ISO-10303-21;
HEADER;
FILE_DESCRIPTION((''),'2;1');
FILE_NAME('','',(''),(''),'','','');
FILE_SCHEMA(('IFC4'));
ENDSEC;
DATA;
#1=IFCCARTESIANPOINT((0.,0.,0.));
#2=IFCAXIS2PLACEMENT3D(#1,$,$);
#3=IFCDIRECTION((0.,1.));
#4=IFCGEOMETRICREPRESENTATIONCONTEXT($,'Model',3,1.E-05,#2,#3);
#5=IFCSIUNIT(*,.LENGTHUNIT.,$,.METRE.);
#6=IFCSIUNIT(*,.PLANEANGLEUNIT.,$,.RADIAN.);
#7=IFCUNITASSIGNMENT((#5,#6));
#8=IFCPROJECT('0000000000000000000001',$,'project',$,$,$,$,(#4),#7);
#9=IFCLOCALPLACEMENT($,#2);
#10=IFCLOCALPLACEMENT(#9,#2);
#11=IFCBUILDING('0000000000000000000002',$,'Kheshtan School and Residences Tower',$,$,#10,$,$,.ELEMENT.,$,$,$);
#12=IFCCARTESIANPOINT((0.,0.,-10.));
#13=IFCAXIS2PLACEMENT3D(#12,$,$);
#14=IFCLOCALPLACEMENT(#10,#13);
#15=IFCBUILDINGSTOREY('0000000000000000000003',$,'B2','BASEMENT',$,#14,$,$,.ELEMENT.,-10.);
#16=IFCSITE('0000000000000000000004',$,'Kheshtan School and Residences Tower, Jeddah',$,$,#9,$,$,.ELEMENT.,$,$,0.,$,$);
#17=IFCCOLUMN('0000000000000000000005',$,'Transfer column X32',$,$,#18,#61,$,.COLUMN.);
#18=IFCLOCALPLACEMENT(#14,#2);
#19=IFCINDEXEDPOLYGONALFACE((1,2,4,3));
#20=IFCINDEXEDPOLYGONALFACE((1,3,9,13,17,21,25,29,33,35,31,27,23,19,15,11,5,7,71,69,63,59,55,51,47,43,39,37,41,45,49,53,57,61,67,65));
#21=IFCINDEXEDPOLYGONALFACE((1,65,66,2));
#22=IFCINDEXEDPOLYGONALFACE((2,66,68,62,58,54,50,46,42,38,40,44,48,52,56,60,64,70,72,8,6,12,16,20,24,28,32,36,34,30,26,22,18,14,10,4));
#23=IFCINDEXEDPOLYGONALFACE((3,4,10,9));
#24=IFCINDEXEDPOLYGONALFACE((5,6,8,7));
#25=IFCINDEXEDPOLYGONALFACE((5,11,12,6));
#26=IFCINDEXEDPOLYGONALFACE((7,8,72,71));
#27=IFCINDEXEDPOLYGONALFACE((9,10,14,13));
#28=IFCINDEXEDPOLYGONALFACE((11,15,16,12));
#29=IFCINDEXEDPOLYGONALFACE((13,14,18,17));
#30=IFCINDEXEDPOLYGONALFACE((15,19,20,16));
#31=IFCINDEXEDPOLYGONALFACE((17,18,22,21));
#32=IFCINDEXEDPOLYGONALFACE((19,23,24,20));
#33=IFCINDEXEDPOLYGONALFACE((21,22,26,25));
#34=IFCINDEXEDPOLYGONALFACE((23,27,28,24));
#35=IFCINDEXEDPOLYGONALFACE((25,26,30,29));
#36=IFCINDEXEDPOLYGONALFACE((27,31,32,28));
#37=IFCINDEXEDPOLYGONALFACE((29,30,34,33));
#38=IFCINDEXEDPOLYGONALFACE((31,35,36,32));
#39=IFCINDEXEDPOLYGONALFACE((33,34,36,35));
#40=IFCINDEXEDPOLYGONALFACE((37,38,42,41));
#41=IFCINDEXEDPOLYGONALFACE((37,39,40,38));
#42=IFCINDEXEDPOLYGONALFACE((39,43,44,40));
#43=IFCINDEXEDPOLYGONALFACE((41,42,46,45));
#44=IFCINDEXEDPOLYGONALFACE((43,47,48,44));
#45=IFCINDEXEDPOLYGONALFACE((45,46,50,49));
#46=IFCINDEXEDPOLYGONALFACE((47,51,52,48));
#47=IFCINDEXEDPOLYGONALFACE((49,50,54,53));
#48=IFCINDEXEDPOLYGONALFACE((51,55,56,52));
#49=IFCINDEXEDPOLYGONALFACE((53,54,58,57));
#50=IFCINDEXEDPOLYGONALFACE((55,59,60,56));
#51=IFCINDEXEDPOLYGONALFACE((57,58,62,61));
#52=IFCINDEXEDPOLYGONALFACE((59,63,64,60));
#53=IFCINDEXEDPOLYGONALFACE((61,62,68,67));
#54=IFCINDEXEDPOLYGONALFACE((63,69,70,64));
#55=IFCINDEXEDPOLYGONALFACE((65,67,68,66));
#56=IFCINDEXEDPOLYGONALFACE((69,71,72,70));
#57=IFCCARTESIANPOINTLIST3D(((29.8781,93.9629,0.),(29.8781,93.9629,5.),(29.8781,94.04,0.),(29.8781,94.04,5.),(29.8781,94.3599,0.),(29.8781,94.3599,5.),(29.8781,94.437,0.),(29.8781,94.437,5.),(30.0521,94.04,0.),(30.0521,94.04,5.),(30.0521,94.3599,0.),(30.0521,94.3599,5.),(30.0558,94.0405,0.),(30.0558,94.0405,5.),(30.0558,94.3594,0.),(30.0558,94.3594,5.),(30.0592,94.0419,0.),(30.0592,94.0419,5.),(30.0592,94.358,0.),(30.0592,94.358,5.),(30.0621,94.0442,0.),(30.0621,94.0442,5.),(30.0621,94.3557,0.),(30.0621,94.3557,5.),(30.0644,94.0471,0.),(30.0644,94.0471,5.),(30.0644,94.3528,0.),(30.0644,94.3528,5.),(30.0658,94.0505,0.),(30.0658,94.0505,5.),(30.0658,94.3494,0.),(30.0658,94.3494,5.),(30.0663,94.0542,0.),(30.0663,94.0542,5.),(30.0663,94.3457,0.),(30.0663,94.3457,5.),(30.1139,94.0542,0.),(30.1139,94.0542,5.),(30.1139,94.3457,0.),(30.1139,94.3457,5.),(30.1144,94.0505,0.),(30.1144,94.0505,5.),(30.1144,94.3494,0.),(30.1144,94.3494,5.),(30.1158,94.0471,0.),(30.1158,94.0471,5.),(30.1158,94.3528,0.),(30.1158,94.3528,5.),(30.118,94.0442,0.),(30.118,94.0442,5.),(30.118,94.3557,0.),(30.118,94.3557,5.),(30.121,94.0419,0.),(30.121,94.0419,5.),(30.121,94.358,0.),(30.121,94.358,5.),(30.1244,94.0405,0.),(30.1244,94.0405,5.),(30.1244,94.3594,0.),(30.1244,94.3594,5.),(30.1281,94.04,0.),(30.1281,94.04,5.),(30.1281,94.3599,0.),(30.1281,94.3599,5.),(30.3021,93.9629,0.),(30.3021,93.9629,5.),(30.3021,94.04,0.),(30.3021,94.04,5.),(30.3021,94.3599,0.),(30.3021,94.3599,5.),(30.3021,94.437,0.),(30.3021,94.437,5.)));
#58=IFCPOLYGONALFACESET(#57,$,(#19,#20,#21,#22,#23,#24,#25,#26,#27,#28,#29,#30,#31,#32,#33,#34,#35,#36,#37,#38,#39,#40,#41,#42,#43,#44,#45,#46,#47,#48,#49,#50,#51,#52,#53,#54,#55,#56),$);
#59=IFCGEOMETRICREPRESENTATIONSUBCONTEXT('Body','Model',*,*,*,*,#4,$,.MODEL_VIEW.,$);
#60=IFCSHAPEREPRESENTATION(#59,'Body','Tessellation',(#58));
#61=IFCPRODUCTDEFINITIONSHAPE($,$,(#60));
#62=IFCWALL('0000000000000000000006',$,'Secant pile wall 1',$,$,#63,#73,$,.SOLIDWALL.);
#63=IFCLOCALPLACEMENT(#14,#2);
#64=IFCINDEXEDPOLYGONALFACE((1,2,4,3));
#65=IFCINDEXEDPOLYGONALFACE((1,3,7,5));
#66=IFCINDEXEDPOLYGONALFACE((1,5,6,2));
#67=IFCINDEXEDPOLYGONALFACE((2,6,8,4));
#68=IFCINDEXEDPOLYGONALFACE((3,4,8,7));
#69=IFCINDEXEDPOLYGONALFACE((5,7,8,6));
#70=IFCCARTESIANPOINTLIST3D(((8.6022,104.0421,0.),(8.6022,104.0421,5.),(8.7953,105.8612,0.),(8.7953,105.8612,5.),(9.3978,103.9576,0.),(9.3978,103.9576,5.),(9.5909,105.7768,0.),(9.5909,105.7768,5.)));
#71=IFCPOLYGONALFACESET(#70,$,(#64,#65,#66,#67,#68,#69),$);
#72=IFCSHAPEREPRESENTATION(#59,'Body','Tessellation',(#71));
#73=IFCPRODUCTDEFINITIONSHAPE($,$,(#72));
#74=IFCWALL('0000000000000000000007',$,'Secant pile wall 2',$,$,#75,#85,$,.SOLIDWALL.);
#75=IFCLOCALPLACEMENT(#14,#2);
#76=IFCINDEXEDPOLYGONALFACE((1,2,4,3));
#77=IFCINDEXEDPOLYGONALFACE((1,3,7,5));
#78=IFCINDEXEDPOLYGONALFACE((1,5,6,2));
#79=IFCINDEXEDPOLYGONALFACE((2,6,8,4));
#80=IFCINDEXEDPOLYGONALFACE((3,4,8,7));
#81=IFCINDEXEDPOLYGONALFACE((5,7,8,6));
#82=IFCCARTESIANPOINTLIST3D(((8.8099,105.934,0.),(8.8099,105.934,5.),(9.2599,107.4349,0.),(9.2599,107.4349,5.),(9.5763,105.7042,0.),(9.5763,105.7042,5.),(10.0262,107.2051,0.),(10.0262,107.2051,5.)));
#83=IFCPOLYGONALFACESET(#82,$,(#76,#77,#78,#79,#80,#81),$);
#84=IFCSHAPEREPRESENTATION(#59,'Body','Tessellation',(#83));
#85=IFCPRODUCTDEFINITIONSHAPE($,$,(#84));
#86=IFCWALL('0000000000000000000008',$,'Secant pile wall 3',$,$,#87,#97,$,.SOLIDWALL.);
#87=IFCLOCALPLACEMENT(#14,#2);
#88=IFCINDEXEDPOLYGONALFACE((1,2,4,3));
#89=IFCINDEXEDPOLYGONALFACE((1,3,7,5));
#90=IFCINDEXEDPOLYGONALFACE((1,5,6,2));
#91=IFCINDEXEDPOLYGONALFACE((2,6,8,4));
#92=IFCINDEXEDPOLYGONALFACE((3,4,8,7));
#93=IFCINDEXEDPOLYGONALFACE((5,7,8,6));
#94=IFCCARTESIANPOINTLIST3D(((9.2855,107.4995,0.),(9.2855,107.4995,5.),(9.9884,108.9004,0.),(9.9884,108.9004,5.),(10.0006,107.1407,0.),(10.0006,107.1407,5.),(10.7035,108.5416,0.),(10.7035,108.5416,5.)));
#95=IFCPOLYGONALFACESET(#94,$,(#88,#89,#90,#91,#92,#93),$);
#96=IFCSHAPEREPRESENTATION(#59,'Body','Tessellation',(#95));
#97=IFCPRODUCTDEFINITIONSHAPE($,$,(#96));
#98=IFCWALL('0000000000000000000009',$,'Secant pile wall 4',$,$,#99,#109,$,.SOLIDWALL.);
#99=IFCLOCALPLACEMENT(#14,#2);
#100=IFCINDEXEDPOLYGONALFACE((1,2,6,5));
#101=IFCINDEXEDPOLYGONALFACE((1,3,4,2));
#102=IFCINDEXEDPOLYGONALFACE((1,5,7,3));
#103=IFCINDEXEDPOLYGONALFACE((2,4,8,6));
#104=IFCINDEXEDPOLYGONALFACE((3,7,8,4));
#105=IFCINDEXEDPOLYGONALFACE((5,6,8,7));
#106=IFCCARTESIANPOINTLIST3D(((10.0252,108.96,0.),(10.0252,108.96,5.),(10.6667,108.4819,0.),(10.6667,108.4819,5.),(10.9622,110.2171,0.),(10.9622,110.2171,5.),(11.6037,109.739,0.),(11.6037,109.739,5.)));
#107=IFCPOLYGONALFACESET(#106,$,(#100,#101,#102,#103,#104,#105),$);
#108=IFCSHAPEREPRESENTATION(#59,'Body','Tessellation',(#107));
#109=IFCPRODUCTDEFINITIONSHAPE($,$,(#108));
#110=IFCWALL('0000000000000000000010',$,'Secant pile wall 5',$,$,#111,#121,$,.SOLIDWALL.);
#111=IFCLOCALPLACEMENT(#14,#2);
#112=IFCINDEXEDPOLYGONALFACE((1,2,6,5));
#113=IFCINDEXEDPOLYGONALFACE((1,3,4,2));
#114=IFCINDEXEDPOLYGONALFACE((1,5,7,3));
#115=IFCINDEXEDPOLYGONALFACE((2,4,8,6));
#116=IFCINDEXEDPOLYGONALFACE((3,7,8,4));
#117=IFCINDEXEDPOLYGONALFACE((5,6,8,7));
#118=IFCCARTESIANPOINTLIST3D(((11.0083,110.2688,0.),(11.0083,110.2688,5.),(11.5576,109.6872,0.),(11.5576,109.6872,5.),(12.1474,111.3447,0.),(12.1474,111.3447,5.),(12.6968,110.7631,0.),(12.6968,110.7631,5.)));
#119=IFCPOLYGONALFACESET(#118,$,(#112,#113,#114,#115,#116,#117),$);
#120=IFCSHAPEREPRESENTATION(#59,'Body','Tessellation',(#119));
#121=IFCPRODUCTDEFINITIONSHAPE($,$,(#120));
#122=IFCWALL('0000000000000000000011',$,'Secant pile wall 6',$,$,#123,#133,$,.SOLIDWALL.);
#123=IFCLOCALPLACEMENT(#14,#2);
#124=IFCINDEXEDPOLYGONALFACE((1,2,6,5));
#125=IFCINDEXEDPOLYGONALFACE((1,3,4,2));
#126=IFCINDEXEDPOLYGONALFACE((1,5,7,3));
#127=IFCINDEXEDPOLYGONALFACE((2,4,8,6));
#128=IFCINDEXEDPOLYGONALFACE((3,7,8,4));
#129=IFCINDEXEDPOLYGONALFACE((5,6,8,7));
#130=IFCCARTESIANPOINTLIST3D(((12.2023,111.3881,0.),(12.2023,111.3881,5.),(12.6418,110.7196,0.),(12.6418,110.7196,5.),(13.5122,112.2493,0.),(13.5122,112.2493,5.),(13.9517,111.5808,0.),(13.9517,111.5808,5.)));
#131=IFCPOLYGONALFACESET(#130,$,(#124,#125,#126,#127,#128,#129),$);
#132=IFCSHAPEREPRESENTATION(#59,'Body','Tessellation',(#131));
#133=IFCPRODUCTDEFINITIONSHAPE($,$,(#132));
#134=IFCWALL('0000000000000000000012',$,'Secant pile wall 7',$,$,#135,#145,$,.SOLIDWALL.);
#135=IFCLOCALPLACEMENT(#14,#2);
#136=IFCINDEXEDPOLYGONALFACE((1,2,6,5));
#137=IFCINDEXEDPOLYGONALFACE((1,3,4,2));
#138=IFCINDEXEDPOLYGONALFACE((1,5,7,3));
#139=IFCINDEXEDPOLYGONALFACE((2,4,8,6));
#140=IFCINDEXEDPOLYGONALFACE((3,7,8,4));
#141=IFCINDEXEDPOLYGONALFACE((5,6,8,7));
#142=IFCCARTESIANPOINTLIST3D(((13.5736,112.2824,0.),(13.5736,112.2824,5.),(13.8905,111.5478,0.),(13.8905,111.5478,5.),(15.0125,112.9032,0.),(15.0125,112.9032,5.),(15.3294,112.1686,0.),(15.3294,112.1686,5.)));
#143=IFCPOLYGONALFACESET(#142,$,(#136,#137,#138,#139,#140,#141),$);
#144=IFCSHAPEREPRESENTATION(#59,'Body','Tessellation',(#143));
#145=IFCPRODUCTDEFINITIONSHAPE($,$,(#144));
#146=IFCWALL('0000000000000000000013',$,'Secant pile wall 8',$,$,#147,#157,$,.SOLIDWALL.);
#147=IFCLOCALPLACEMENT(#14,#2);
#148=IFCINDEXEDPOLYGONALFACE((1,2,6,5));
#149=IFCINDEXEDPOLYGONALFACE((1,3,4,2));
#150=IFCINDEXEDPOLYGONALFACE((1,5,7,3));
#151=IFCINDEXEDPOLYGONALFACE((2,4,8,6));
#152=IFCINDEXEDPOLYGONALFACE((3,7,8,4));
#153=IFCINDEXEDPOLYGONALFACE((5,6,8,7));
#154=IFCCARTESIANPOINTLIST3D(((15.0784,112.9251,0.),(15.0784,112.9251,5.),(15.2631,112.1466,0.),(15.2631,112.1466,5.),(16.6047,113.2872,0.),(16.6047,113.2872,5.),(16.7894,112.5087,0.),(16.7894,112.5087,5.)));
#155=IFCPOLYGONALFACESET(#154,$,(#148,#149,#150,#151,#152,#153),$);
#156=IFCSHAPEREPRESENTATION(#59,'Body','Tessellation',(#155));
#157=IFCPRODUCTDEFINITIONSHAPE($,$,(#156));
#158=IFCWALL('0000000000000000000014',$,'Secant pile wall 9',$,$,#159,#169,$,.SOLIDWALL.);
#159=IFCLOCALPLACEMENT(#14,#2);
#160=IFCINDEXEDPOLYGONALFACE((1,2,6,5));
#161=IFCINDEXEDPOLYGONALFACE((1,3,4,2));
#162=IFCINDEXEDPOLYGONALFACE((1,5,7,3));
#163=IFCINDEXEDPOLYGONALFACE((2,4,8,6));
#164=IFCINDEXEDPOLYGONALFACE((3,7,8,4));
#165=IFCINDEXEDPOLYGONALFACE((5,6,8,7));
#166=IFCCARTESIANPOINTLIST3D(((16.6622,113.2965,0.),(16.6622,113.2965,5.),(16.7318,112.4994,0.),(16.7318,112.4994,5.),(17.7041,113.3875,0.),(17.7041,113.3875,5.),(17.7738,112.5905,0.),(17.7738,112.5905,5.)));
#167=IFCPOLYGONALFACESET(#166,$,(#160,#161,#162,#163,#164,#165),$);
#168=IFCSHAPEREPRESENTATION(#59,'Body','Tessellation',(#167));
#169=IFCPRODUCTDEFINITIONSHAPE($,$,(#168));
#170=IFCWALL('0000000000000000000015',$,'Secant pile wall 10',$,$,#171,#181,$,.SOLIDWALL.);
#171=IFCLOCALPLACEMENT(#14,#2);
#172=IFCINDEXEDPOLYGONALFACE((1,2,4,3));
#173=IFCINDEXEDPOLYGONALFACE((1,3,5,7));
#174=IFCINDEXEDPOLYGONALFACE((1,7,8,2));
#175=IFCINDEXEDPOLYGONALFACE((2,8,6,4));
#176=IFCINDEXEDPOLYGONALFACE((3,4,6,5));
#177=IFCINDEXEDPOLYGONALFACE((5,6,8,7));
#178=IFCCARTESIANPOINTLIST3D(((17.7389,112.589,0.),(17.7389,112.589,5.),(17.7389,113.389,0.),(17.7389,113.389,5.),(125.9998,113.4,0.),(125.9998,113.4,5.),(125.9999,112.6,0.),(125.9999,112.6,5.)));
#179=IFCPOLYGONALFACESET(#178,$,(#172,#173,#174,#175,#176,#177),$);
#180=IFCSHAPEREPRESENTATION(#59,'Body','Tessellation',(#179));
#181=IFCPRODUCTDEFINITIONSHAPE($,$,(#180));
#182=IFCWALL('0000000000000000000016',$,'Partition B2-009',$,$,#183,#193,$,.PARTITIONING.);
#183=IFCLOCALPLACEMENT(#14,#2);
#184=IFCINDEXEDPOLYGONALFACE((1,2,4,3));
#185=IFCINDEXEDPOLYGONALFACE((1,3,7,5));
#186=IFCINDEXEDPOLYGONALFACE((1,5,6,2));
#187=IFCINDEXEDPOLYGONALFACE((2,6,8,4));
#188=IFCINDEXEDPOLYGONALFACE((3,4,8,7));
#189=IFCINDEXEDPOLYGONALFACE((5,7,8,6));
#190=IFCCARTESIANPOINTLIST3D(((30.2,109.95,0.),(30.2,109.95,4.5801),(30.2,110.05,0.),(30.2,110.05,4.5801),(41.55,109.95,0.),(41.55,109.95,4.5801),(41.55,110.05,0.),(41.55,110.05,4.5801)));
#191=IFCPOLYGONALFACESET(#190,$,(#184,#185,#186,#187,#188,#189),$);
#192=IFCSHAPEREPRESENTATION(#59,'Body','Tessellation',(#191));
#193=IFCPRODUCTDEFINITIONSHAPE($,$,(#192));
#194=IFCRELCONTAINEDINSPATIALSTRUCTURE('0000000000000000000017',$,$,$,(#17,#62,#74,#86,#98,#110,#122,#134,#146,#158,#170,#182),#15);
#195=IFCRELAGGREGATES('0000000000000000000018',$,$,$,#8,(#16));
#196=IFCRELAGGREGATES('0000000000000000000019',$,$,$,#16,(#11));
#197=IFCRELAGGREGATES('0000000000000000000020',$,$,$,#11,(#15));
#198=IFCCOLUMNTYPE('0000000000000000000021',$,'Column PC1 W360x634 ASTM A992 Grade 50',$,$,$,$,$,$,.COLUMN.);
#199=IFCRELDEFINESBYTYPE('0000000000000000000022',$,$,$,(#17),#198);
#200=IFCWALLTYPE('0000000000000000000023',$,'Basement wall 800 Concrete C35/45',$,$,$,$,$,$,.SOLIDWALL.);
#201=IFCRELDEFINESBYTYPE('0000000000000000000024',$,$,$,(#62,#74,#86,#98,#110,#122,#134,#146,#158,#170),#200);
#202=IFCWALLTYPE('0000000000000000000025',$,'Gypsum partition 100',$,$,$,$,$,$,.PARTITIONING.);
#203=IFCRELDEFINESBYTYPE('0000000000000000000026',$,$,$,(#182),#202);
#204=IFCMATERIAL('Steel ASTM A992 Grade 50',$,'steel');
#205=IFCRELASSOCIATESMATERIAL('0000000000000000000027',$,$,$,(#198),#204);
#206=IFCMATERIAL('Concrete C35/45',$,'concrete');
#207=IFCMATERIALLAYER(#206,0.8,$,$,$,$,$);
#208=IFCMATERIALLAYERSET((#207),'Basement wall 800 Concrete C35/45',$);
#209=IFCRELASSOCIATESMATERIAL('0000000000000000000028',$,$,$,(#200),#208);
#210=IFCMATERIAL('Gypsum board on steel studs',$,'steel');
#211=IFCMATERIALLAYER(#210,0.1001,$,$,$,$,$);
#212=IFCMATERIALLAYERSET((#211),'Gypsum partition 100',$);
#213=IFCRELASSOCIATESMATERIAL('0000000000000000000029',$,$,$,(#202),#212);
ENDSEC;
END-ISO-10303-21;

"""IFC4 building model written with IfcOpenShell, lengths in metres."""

from ifc_helpers import new_model, si_unit, direction, frame, frame_2d, origin, origin_2d, place, context, subcontext, project, spatial, rectangle, i_section, extrude, material, layer, layer_set, material_profile, profile_set, type_object, element, save


model = new_model("IFC4")

# Units and contexts
model_context = context("Model", 3, precision=1e-05, world=origin(), true_north=direction((0.0, 1.0)))
body_context = subcontext(model_context, "Body", "Model", "MODEL_VIEW")
ifc_project = project(units=[si_unit("LENGTHUNIT", "METRE"), si_unit("PLANEANGLEUNIT", "RADIAN")], contexts=[model_context])

# Site, building, storey
site_placement = place(None, origin())
site = spatial("IfcSite", under=ifc_project, at=site_placement, Name="Kheshtan School and Residences Tower, Jeddah", CompositionType="ELEMENT", RefElevation=0.0)
building_placement = place(site_placement, origin())
building = spatial("IfcBuilding", under=site, at=building_placement, Name="Kheshtan School and Residences Tower", CompositionType="ELEMENT")
storey_placement = place(building_placement, frame((0.0, 0.0, -10.0)))
storey = spatial("IfcBuildingStorey", under=building, at=storey_placement, Name="B2", Description="BASEMENT", CompositionType="ELEMENT", Elevation=-10.0)

# Column
ifc_material_1 = material(Name="Steel ASTM A992 Grade 50", Category="steel")
ifc_material_profile = material_profile(ifc_material_1, i_section(OverallWidth=0.4241, OverallDepth=0.4741, WebThickness=0.0476, FlangeThickness=0.0771, FilletRadius=0.0142, at=origin_2d()), Name="W360x634")
ifc_profile_set = profile_set([ifc_material_profile], Name="Steel ASTM A992 Grade 50")
column_type = type_object("IfcColumnType", Name="Column PC1 W360x634 ASTM A992 Grade 50", PredefinedType="COLUMN", material=ifc_profile_set)
for number, where, z_axis, x_axis, name in (
    (1, (30.0901, 94.2, 0.0), (0.0, 0.0, 1.0), (1.0, 0.0, 0.0), "Transfer column X32"),
):
    element("IfcColumn", number, at=place(storey_placement, frame(where, z_axis=z_axis, x_axis=x_axis)), inside=storey, type_object=column_type, Name=name, PredefinedType="COLUMN", context=body_context, shape_type="SweptSolid", body=[
        extrude(i_section(OverallWidth=0.4241, OverallDepth=0.4741, WebThickness=0.0476, FlangeThickness=0.0771, FilletRadius=0.0142, at=origin_2d()), origin(), (0.0, 0.0, 1.0), 5.0),
    ])

# Walls
ifc_material_2 = material(Name="Concrete C35/45", Category="concrete")
ifc_layer_1 = layer(ifc_material_2, 0.8)
ifc_layer_set_1 = layer_set([ifc_layer_1], Name="Basement wall 800 Concrete C35/45")
wall_type_1 = type_object("IfcWallType", Name="Basement wall 800 Concrete C35/45", PredefinedType="SOLIDWALL", material=ifc_layer_set_1)
wall_1_placement = place(storey_placement, frame((9.0, 104.0, 0.0), z_axis=(0.0, 0.0, 1.0), x_axis=(0.105567, 0.994412, 0.0)))
element("IfcWall", 2, at=wall_1_placement, inside=storey, type_object=wall_type_1, Name="Secant pile wall 1", PredefinedType="SOLIDWALL", context=body_context, shape_type="SweptSolid", body=[
    extrude(rectangle(XDim=1.8293, YDim=0.8, at=frame_2d((0.9146, 0.0))), origin(), (0.0, 0.0, 1.0), 5.0),
])
wall_2_placement = place(storey_placement, frame((9.1931, 105.8191, 0.0), z_axis=(0.0, 0.0, 1.0), x_axis=(0.287148, 0.957886, 0.0)))
element("IfcWall", 3, at=wall_2_placement, inside=storey, type_object=wall_type_1, Name="Secant pile wall 2", PredefinedType="SOLIDWALL", context=body_context, shape_type="SweptSolid", body=[
    extrude(rectangle(XDim=1.5669, YDim=0.8, at=frame_2d((0.7834, 0.0))), origin(), (0.0, 0.0, 1.0), 5.0),
])
wall_3_placement = place(storey_placement, frame((9.6431, 107.3201, 0.0), z_axis=(0.0, 0.0, 1.0), x_axis=(0.448459, 0.893803, 0.0)))
element("IfcWall", 4, at=wall_3_placement, inside=storey, type_object=wall_type_1, Name="Secant pile wall 3", PredefinedType="SOLIDWALL", context=body_context, shape_type="SweptSolid", body=[
    extrude(rectangle(XDim=1.5674, YDim=0.8, at=frame_2d((0.7837, 0.0))), origin(), (0.0, 0.0, 1.0), 5.0),
])
wall_4_placement = place(storey_placement, frame((10.3459, 108.7209, 0.0), z_axis=(0.0, 0.0, 1.0), x_axis=(0.597631, 0.801772, 0.0)))
element("IfcWall", 5, at=wall_4_placement, inside=storey, type_object=wall_type_1, Name="Secant pile wall 4", PredefinedType="SOLIDWALL", context=body_context, shape_type="SweptSolid", body=[
    extrude(rectangle(XDim=1.5679, YDim=0.8, at=frame_2d((0.7839, 0.0))), origin(), (0.0, 0.0, 1.0), 5.0),
])
wall_5_placement = place(storey_placement, frame((11.283, 109.978, 0.0), z_axis=(0.0, 0.0, 1.0), x_axis=(0.726996, 0.686642, 0.0)))
element("IfcWall", 6, at=wall_5_placement, inside=storey, type_object=wall_type_1, Name="Secant pile wall 5", PredefinedType="SOLIDWALL", context=body_context, shape_type="SweptSolid", body=[
    extrude(rectangle(XDim=1.5669, YDim=0.8, at=frame_2d((0.7834, 0.0))), origin(), (0.0, 0.0, 1.0), 5.0),
])
wall_6_placement = place(storey_placement, frame((12.4221, 111.054, 0.0), z_axis=(0.0, 0.0, 1.0), x_axis=(0.835603, 0.549333, 0.0)))
element("IfcWall", 7, at=wall_6_placement, inside=storey, type_object=wall_type_1, Name="Secant pile wall 6", PredefinedType="SOLIDWALL", context=body_context, shape_type="SweptSolid", body=[
    extrude(rectangle(XDim=1.5676, YDim=0.8, at=frame_2d((0.7837, 0.0))), origin(), (0.0, 0.0, 1.0), 5.0),
])
wall_7_placement = place(storey_placement, frame((13.7319, 111.915, 0.0), z_axis=(0.0, 0.0, 1.0), x_axis=(0.918183, 0.396155, 0.0)))
element("IfcWall", 8, at=wall_7_placement, inside=storey, type_object=wall_type_1, Name="Secant pile wall 7", PredefinedType="SOLIDWALL", context=body_context, shape_type="SweptSolid", body=[
    extrude(rectangle(XDim=1.5671, YDim=0.8, at=frame_2d((0.7837, 0.0))), origin(), (0.0, 0.0, 1.0), 5.0),
])
wall_8_placement = place(storey_placement, frame((15.1709, 112.5359, 0.0), z_axis=(0.0, 0.0, 1.0), x_axis=(0.972993, 0.230835, 0.0)))
element("IfcWall", 9, at=wall_8_placement, inside=storey, type_object=wall_type_1, Name="Secant pile wall 8", PredefinedType="SOLIDWALL", context=body_context, shape_type="SweptSolid", body=[
    extrude(rectangle(XDim=1.5686, YDim=0.8, at=frame_2d((0.7842, 0.0))), origin(), (0.0, 0.0, 1.0), 5.0),
])
wall_9_placement = place(storey_placement, frame((16.697, 112.8979, 0.0), z_axis=(0.0, 0.0, 1.0), x_axis=(0.996203, 0.087063, 0.0)))
element("IfcWall", 10, at=wall_9_placement, inside=storey, type_object=wall_type_1, Name="Secant pile wall 9", PredefinedType="SOLIDWALL", context=body_context, shape_type="SweptSolid", body=[
    extrude(rectangle(XDim=1.0459, YDim=0.8, at=frame_2d((0.5229, 0.0))), origin(), (0.0, 0.0, 1.0), 5.0),
])
wall_10_placement = place(storey_placement, frame((17.739, 112.989, 0.0), z_axis=(0.0, 0.0, 1.0), x_axis=(1.0, 0.000101, 0.0)))
element("IfcWall", 11, at=wall_10_placement, inside=storey, type_object=wall_type_1, Name="Secant pile wall 10", PredefinedType="SOLIDWALL", context=body_context, shape_type="SweptSolid", body=[
    extrude(rectangle(XDim=108.261, YDim=0.8, at=frame_2d((54.1304, 0.0))), origin(), (0.0, 0.0, 1.0), 5.0),
])
ifc_material_3 = material(Name="Gypsum board on steel studs", Category="steel")
ifc_layer_2 = layer(ifc_material_3, 0.1001)
ifc_layer_set_2 = layer_set([ifc_layer_2], Name="Gypsum partition 100")
wall_type_2 = type_object("IfcWallType", Name="Gypsum partition 100", PredefinedType="PARTITIONING", material=ifc_layer_set_2)
wall_11_placement = place(storey_placement, frame((30.2, 110.0, 0.0), z_axis=(0.0, 0.0, 1.0), x_axis=(1.0, 0.0, 0.0)))
element("IfcWall", 12, at=wall_11_placement, inside=storey, type_object=wall_type_2, Name="Partition B2-009", PredefinedType="PARTITIONING", context=body_context, shape_type="SweptSolid", body=[
    extrude(rectangle(XDim=11.3501, YDim=0.1001, at=frame_2d((5.675, 0.0))), origin(), (0.0, 0.0, 1.0), 4.5801),
])

save(model, "model.ifc")
